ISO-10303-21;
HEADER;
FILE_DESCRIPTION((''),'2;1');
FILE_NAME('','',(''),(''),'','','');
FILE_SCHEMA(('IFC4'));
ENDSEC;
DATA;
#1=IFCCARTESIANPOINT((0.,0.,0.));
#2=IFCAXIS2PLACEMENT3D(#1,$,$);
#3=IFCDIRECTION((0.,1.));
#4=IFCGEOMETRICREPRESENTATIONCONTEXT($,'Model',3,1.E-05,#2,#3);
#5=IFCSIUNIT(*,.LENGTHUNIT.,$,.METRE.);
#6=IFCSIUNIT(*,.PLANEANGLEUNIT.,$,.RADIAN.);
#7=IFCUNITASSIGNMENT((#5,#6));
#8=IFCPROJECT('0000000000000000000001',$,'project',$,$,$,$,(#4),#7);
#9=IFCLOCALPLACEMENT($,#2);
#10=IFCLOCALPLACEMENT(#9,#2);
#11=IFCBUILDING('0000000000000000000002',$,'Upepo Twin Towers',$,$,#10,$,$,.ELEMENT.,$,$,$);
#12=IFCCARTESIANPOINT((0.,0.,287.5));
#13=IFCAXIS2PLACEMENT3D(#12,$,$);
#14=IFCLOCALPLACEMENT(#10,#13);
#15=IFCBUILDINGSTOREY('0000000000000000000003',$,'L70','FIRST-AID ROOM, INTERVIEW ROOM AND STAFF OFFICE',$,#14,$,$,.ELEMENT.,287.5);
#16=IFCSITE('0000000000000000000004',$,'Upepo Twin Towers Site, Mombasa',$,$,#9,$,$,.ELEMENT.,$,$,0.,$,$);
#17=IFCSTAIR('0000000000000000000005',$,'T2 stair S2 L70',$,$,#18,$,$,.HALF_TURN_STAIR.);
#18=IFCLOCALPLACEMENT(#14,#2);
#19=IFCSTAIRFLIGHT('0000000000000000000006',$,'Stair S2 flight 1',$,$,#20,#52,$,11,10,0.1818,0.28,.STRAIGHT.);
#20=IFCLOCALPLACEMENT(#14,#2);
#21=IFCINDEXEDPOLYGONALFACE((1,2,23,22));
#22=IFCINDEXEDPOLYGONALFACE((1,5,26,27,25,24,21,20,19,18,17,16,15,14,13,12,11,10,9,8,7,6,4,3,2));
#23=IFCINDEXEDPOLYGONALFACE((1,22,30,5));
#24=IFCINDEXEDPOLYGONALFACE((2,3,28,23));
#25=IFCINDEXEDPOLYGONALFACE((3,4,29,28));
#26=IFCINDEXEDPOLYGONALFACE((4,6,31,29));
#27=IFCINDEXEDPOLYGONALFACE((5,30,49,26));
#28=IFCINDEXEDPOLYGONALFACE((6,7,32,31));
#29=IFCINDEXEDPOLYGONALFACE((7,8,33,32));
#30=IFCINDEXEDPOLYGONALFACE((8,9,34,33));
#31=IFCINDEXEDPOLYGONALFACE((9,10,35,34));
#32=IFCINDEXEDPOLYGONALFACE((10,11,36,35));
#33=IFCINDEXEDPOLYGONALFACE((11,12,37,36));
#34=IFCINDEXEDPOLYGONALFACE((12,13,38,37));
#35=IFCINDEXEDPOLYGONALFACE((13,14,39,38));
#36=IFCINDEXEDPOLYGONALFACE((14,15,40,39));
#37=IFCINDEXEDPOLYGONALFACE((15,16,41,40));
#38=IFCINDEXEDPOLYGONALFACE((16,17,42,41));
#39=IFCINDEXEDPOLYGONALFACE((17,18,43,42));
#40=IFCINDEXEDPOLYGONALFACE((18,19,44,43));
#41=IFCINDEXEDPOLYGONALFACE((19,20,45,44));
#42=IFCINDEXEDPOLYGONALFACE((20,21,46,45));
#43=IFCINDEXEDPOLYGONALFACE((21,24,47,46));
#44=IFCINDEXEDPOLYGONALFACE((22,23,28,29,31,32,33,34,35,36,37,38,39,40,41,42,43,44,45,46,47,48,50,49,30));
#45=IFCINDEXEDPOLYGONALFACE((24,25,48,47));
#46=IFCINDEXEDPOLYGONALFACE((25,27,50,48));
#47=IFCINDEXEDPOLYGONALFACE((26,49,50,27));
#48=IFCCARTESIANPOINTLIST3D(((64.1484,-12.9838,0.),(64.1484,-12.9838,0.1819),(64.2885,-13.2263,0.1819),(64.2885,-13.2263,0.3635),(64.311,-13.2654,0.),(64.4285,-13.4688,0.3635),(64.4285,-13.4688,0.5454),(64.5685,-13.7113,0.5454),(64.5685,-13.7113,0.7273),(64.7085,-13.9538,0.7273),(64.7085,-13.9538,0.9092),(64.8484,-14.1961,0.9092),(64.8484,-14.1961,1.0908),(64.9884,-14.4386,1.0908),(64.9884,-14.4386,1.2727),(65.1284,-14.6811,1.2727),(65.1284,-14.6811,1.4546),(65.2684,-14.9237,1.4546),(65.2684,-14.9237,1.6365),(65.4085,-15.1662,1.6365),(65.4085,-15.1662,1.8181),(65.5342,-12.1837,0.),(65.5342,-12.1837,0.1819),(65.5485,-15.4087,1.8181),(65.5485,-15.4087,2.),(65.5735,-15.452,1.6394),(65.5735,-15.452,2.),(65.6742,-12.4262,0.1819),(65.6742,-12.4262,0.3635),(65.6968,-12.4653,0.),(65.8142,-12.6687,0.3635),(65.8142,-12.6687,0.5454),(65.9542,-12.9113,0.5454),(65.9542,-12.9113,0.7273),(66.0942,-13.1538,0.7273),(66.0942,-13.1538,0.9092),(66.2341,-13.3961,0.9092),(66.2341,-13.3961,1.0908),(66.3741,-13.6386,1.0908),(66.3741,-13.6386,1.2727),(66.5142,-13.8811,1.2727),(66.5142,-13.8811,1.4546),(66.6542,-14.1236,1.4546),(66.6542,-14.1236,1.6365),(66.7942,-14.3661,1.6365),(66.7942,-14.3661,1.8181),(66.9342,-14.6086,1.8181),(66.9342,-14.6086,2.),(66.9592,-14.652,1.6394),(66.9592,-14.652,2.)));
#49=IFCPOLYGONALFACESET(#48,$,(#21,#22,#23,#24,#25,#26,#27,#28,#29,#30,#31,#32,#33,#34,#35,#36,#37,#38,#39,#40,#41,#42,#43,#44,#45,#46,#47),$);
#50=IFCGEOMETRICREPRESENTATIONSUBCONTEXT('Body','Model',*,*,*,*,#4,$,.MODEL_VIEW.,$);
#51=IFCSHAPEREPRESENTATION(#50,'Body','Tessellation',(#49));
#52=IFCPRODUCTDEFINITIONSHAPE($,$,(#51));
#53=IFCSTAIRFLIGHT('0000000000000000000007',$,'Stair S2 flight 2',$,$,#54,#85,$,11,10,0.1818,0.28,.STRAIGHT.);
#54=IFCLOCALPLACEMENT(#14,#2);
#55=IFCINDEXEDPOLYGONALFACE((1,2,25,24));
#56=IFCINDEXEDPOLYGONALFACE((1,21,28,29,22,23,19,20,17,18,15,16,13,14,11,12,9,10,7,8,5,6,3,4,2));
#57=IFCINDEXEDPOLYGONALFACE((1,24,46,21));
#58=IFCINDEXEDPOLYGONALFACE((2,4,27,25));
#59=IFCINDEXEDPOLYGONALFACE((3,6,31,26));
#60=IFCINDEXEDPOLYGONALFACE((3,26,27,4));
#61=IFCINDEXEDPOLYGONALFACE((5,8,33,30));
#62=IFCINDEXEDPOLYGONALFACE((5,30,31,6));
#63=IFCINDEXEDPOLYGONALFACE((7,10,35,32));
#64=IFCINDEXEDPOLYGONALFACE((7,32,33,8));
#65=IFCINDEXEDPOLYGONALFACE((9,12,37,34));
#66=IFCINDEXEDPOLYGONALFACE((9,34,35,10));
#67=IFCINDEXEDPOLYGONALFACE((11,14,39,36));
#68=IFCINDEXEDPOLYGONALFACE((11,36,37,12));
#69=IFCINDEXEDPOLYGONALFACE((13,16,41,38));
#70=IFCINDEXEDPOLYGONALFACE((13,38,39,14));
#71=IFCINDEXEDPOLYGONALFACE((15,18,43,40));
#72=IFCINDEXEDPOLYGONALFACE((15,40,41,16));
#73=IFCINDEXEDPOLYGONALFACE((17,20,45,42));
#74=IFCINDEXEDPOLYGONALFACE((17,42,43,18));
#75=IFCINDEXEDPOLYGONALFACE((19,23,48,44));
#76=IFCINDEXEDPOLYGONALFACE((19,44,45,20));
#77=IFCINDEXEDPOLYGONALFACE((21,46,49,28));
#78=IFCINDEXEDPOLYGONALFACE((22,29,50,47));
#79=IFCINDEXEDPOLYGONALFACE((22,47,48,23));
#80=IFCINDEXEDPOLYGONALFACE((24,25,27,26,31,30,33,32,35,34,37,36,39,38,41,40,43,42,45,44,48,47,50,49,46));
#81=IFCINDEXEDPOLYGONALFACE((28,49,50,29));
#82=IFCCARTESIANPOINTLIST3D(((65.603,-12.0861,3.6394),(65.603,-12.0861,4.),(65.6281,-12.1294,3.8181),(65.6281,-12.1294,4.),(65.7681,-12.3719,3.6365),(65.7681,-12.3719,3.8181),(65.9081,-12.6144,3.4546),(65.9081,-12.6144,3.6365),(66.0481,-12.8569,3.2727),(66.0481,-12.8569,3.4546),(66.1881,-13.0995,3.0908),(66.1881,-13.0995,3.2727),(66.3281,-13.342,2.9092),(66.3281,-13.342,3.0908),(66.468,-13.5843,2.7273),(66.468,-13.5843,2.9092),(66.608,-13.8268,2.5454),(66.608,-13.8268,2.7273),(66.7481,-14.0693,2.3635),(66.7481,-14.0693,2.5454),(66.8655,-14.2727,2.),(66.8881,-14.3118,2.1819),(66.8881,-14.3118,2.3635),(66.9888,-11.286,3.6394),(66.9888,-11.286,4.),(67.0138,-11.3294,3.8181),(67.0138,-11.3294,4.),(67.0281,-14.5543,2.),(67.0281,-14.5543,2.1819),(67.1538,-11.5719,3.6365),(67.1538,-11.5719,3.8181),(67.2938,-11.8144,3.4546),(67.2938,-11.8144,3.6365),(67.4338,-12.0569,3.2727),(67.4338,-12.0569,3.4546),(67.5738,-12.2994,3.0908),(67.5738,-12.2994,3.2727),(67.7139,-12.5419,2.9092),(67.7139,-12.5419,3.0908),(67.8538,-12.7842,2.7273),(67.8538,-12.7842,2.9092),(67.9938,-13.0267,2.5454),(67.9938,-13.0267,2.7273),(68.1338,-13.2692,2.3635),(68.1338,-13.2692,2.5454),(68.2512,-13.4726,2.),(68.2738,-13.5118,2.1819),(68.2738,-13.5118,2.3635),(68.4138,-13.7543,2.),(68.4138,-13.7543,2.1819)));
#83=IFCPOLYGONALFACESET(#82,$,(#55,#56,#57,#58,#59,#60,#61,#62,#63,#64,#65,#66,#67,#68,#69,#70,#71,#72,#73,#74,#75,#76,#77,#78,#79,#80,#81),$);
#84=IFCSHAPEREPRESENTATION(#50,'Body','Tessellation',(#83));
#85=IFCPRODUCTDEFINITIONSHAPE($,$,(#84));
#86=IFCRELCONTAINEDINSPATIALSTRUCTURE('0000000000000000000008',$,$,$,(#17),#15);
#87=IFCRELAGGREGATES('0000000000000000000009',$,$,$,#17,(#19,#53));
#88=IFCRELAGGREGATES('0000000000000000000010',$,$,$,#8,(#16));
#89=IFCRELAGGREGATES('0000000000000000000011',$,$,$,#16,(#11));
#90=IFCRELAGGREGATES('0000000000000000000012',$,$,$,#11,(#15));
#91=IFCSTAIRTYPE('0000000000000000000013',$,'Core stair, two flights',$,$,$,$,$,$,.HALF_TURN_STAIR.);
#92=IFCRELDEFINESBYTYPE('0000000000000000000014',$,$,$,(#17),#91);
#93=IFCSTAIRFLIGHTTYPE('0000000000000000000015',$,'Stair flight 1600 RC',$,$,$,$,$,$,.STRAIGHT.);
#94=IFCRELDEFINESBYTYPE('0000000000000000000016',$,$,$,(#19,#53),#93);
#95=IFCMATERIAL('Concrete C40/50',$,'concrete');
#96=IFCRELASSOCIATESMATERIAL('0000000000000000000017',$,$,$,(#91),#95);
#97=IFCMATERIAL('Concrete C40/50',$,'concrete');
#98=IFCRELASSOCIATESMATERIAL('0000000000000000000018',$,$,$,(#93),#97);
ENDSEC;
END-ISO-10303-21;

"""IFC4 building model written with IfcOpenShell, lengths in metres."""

from ifc_helpers import new_model, si_unit, direction, frame, origin, place, context, subcontext, project, spatial, polyline, outline, extrude, material, type_object, element, aggregate, save


model = new_model("IFC4")

# Units and contexts
model_context = context("Model", 3, precision=1e-05, world=origin(), true_north=direction((0.0, 1.0)))
body_context = subcontext(model_context, "Body", "Model", "MODEL_VIEW")
ifc_project = project(units=[si_unit("LENGTHUNIT", "METRE"), si_unit("PLANEANGLEUNIT", "RADIAN")], contexts=[model_context])

# Site, building, storey
site_placement = place(None, origin())
site = spatial("IfcSite", under=ifc_project, at=site_placement, Name="Upepo Twin Towers Site, Mombasa", CompositionType="ELEMENT", RefElevation=0.0)
building_placement = place(site_placement, origin())
building = spatial("IfcBuilding", under=site, at=building_placement, Name="Upepo Twin Towers", CompositionType="ELEMENT")
storey_placement = place(building_placement, frame((0.0, 0.0, 287.5)))
storey = spatial("IfcBuildingStorey", under=building, at=storey_placement, Name="L70", Description="FIRST-AID ROOM, INTERVIEW ROOM AND STAFF OFFICE", CompositionType="ELEMENT", Elevation=287.5)

# Stair, stair flights
ifc_material_1 = material(Name="Concrete C40/50", Category="concrete")
stair_type = type_object("IfcStairType", Name="Core stair, two flights", PredefinedType="HALF_TURN_STAIR", material=ifc_material_1)
stair_placement = place(storey_placement, origin())
stair = element("IfcStair", 1, at=stair_placement, inside=storey, type_object=stair_type, Name="T2 stair S2 L70", PredefinedType="HALF_TURN_STAIR")
ifc_material_2 = material(Name="Concrete C40/50", Category="concrete")
stair_flight_type = type_object("IfcStairFlightType", Name="Stair flight 1600 RC", PredefinedType="STRAIGHT", material=ifc_material_2)
stair_flight_1_placement = place(storey_placement, frame((64.8413, -12.5837, 0.0), z_axis=(0.0, 0.0, 1.0), x_axis=(0.5, -0.866025, 0.0)))
stair_flight_1 = element("IfcStairFlight", 2, at=stair_flight_1_placement, type_object=stair_flight_type, Name="Stair S2 flight 1", NumberOfRisers=11, NumberOfTreads=10, PredefinedType="STRAIGHT", RiserHeight=0.1818, TreadLength=0.28, context=body_context, shape_type="SweptSolid", body=[
    extrude(outline(polyline([(0.0, 0.0), (0.0, 0.1819), (0.28, 0.1819), (0.28, 0.3635), (0.5601, 0.3635), (0.5601, 0.5454), (0.8401, 0.5454), (0.8401, 0.7273), (1.1201, 0.7273), (1.1201, 0.9092), (1.3999, 0.9092), (1.3999, 1.0908), (1.6799, 1.0908), (1.6799, 1.2727), (1.96, 1.2727), (1.96, 1.4546), (2.24, 1.4546), (2.24, 1.6365), (2.52, 1.6365), (2.52, 1.8181), (2.8, 1.8181), (2.8, 2.0), (2.8501, 2.0), (2.8501, 1.6394), (0.3252, 0.0), (0.0, 0.0)])), frame((0.0, 0.8, 0.0), z_axis=(0.0, -1.0, 0.0), x_axis=(1.0, 0.0, 0.0)), (0.0, 0.0, 1.0), 1.6001),
])
stair_flight_2_placement = place(storey_placement, frame((67.7209, -14.1543, 2.0), z_axis=(0.0, 0.0, 1.0), x_axis=(-0.5, 0.866025, 0.0)))
stair_flight_2 = element("IfcStairFlight", 3, at=stair_flight_2_placement, type_object=stair_flight_type, Name="Stair S2 flight 2", NumberOfRisers=11, NumberOfTreads=10, PredefinedType="STRAIGHT", RiserHeight=0.1818, TreadLength=0.28, context=body_context, shape_type="SweptSolid", body=[
    extrude(outline(polyline([(0.0, 0.0), (0.0, 0.1819), (0.28, 0.1819), (0.28, 0.3635), (0.5601, 0.3635), (0.5601, 0.5454), (0.8401, 0.5454), (0.8401, 0.7273), (1.1201, 0.7273), (1.1201, 0.9092), (1.3999, 0.9092), (1.3999, 1.0908), (1.6799, 1.0908), (1.6799, 1.2727), (1.96, 1.2727), (1.96, 1.4546), (2.24, 1.4546), (2.24, 1.6365), (2.52, 1.6365), (2.52, 1.8181), (2.8, 1.8181), (2.8, 2.0), (2.8501, 2.0), (2.8501, 1.6394), (0.3252, 0.0), (0.0, 0.0)])), frame((0.0, 0.8, 0.0), z_axis=(0.0, -1.0, 0.0), x_axis=(1.0, 0.0, 0.0)), (0.0, 0.0, 1.0), 1.6001),
])
aggregate(stair, [stair_flight_1, stair_flight_2])

save(model, "model.ifc")
